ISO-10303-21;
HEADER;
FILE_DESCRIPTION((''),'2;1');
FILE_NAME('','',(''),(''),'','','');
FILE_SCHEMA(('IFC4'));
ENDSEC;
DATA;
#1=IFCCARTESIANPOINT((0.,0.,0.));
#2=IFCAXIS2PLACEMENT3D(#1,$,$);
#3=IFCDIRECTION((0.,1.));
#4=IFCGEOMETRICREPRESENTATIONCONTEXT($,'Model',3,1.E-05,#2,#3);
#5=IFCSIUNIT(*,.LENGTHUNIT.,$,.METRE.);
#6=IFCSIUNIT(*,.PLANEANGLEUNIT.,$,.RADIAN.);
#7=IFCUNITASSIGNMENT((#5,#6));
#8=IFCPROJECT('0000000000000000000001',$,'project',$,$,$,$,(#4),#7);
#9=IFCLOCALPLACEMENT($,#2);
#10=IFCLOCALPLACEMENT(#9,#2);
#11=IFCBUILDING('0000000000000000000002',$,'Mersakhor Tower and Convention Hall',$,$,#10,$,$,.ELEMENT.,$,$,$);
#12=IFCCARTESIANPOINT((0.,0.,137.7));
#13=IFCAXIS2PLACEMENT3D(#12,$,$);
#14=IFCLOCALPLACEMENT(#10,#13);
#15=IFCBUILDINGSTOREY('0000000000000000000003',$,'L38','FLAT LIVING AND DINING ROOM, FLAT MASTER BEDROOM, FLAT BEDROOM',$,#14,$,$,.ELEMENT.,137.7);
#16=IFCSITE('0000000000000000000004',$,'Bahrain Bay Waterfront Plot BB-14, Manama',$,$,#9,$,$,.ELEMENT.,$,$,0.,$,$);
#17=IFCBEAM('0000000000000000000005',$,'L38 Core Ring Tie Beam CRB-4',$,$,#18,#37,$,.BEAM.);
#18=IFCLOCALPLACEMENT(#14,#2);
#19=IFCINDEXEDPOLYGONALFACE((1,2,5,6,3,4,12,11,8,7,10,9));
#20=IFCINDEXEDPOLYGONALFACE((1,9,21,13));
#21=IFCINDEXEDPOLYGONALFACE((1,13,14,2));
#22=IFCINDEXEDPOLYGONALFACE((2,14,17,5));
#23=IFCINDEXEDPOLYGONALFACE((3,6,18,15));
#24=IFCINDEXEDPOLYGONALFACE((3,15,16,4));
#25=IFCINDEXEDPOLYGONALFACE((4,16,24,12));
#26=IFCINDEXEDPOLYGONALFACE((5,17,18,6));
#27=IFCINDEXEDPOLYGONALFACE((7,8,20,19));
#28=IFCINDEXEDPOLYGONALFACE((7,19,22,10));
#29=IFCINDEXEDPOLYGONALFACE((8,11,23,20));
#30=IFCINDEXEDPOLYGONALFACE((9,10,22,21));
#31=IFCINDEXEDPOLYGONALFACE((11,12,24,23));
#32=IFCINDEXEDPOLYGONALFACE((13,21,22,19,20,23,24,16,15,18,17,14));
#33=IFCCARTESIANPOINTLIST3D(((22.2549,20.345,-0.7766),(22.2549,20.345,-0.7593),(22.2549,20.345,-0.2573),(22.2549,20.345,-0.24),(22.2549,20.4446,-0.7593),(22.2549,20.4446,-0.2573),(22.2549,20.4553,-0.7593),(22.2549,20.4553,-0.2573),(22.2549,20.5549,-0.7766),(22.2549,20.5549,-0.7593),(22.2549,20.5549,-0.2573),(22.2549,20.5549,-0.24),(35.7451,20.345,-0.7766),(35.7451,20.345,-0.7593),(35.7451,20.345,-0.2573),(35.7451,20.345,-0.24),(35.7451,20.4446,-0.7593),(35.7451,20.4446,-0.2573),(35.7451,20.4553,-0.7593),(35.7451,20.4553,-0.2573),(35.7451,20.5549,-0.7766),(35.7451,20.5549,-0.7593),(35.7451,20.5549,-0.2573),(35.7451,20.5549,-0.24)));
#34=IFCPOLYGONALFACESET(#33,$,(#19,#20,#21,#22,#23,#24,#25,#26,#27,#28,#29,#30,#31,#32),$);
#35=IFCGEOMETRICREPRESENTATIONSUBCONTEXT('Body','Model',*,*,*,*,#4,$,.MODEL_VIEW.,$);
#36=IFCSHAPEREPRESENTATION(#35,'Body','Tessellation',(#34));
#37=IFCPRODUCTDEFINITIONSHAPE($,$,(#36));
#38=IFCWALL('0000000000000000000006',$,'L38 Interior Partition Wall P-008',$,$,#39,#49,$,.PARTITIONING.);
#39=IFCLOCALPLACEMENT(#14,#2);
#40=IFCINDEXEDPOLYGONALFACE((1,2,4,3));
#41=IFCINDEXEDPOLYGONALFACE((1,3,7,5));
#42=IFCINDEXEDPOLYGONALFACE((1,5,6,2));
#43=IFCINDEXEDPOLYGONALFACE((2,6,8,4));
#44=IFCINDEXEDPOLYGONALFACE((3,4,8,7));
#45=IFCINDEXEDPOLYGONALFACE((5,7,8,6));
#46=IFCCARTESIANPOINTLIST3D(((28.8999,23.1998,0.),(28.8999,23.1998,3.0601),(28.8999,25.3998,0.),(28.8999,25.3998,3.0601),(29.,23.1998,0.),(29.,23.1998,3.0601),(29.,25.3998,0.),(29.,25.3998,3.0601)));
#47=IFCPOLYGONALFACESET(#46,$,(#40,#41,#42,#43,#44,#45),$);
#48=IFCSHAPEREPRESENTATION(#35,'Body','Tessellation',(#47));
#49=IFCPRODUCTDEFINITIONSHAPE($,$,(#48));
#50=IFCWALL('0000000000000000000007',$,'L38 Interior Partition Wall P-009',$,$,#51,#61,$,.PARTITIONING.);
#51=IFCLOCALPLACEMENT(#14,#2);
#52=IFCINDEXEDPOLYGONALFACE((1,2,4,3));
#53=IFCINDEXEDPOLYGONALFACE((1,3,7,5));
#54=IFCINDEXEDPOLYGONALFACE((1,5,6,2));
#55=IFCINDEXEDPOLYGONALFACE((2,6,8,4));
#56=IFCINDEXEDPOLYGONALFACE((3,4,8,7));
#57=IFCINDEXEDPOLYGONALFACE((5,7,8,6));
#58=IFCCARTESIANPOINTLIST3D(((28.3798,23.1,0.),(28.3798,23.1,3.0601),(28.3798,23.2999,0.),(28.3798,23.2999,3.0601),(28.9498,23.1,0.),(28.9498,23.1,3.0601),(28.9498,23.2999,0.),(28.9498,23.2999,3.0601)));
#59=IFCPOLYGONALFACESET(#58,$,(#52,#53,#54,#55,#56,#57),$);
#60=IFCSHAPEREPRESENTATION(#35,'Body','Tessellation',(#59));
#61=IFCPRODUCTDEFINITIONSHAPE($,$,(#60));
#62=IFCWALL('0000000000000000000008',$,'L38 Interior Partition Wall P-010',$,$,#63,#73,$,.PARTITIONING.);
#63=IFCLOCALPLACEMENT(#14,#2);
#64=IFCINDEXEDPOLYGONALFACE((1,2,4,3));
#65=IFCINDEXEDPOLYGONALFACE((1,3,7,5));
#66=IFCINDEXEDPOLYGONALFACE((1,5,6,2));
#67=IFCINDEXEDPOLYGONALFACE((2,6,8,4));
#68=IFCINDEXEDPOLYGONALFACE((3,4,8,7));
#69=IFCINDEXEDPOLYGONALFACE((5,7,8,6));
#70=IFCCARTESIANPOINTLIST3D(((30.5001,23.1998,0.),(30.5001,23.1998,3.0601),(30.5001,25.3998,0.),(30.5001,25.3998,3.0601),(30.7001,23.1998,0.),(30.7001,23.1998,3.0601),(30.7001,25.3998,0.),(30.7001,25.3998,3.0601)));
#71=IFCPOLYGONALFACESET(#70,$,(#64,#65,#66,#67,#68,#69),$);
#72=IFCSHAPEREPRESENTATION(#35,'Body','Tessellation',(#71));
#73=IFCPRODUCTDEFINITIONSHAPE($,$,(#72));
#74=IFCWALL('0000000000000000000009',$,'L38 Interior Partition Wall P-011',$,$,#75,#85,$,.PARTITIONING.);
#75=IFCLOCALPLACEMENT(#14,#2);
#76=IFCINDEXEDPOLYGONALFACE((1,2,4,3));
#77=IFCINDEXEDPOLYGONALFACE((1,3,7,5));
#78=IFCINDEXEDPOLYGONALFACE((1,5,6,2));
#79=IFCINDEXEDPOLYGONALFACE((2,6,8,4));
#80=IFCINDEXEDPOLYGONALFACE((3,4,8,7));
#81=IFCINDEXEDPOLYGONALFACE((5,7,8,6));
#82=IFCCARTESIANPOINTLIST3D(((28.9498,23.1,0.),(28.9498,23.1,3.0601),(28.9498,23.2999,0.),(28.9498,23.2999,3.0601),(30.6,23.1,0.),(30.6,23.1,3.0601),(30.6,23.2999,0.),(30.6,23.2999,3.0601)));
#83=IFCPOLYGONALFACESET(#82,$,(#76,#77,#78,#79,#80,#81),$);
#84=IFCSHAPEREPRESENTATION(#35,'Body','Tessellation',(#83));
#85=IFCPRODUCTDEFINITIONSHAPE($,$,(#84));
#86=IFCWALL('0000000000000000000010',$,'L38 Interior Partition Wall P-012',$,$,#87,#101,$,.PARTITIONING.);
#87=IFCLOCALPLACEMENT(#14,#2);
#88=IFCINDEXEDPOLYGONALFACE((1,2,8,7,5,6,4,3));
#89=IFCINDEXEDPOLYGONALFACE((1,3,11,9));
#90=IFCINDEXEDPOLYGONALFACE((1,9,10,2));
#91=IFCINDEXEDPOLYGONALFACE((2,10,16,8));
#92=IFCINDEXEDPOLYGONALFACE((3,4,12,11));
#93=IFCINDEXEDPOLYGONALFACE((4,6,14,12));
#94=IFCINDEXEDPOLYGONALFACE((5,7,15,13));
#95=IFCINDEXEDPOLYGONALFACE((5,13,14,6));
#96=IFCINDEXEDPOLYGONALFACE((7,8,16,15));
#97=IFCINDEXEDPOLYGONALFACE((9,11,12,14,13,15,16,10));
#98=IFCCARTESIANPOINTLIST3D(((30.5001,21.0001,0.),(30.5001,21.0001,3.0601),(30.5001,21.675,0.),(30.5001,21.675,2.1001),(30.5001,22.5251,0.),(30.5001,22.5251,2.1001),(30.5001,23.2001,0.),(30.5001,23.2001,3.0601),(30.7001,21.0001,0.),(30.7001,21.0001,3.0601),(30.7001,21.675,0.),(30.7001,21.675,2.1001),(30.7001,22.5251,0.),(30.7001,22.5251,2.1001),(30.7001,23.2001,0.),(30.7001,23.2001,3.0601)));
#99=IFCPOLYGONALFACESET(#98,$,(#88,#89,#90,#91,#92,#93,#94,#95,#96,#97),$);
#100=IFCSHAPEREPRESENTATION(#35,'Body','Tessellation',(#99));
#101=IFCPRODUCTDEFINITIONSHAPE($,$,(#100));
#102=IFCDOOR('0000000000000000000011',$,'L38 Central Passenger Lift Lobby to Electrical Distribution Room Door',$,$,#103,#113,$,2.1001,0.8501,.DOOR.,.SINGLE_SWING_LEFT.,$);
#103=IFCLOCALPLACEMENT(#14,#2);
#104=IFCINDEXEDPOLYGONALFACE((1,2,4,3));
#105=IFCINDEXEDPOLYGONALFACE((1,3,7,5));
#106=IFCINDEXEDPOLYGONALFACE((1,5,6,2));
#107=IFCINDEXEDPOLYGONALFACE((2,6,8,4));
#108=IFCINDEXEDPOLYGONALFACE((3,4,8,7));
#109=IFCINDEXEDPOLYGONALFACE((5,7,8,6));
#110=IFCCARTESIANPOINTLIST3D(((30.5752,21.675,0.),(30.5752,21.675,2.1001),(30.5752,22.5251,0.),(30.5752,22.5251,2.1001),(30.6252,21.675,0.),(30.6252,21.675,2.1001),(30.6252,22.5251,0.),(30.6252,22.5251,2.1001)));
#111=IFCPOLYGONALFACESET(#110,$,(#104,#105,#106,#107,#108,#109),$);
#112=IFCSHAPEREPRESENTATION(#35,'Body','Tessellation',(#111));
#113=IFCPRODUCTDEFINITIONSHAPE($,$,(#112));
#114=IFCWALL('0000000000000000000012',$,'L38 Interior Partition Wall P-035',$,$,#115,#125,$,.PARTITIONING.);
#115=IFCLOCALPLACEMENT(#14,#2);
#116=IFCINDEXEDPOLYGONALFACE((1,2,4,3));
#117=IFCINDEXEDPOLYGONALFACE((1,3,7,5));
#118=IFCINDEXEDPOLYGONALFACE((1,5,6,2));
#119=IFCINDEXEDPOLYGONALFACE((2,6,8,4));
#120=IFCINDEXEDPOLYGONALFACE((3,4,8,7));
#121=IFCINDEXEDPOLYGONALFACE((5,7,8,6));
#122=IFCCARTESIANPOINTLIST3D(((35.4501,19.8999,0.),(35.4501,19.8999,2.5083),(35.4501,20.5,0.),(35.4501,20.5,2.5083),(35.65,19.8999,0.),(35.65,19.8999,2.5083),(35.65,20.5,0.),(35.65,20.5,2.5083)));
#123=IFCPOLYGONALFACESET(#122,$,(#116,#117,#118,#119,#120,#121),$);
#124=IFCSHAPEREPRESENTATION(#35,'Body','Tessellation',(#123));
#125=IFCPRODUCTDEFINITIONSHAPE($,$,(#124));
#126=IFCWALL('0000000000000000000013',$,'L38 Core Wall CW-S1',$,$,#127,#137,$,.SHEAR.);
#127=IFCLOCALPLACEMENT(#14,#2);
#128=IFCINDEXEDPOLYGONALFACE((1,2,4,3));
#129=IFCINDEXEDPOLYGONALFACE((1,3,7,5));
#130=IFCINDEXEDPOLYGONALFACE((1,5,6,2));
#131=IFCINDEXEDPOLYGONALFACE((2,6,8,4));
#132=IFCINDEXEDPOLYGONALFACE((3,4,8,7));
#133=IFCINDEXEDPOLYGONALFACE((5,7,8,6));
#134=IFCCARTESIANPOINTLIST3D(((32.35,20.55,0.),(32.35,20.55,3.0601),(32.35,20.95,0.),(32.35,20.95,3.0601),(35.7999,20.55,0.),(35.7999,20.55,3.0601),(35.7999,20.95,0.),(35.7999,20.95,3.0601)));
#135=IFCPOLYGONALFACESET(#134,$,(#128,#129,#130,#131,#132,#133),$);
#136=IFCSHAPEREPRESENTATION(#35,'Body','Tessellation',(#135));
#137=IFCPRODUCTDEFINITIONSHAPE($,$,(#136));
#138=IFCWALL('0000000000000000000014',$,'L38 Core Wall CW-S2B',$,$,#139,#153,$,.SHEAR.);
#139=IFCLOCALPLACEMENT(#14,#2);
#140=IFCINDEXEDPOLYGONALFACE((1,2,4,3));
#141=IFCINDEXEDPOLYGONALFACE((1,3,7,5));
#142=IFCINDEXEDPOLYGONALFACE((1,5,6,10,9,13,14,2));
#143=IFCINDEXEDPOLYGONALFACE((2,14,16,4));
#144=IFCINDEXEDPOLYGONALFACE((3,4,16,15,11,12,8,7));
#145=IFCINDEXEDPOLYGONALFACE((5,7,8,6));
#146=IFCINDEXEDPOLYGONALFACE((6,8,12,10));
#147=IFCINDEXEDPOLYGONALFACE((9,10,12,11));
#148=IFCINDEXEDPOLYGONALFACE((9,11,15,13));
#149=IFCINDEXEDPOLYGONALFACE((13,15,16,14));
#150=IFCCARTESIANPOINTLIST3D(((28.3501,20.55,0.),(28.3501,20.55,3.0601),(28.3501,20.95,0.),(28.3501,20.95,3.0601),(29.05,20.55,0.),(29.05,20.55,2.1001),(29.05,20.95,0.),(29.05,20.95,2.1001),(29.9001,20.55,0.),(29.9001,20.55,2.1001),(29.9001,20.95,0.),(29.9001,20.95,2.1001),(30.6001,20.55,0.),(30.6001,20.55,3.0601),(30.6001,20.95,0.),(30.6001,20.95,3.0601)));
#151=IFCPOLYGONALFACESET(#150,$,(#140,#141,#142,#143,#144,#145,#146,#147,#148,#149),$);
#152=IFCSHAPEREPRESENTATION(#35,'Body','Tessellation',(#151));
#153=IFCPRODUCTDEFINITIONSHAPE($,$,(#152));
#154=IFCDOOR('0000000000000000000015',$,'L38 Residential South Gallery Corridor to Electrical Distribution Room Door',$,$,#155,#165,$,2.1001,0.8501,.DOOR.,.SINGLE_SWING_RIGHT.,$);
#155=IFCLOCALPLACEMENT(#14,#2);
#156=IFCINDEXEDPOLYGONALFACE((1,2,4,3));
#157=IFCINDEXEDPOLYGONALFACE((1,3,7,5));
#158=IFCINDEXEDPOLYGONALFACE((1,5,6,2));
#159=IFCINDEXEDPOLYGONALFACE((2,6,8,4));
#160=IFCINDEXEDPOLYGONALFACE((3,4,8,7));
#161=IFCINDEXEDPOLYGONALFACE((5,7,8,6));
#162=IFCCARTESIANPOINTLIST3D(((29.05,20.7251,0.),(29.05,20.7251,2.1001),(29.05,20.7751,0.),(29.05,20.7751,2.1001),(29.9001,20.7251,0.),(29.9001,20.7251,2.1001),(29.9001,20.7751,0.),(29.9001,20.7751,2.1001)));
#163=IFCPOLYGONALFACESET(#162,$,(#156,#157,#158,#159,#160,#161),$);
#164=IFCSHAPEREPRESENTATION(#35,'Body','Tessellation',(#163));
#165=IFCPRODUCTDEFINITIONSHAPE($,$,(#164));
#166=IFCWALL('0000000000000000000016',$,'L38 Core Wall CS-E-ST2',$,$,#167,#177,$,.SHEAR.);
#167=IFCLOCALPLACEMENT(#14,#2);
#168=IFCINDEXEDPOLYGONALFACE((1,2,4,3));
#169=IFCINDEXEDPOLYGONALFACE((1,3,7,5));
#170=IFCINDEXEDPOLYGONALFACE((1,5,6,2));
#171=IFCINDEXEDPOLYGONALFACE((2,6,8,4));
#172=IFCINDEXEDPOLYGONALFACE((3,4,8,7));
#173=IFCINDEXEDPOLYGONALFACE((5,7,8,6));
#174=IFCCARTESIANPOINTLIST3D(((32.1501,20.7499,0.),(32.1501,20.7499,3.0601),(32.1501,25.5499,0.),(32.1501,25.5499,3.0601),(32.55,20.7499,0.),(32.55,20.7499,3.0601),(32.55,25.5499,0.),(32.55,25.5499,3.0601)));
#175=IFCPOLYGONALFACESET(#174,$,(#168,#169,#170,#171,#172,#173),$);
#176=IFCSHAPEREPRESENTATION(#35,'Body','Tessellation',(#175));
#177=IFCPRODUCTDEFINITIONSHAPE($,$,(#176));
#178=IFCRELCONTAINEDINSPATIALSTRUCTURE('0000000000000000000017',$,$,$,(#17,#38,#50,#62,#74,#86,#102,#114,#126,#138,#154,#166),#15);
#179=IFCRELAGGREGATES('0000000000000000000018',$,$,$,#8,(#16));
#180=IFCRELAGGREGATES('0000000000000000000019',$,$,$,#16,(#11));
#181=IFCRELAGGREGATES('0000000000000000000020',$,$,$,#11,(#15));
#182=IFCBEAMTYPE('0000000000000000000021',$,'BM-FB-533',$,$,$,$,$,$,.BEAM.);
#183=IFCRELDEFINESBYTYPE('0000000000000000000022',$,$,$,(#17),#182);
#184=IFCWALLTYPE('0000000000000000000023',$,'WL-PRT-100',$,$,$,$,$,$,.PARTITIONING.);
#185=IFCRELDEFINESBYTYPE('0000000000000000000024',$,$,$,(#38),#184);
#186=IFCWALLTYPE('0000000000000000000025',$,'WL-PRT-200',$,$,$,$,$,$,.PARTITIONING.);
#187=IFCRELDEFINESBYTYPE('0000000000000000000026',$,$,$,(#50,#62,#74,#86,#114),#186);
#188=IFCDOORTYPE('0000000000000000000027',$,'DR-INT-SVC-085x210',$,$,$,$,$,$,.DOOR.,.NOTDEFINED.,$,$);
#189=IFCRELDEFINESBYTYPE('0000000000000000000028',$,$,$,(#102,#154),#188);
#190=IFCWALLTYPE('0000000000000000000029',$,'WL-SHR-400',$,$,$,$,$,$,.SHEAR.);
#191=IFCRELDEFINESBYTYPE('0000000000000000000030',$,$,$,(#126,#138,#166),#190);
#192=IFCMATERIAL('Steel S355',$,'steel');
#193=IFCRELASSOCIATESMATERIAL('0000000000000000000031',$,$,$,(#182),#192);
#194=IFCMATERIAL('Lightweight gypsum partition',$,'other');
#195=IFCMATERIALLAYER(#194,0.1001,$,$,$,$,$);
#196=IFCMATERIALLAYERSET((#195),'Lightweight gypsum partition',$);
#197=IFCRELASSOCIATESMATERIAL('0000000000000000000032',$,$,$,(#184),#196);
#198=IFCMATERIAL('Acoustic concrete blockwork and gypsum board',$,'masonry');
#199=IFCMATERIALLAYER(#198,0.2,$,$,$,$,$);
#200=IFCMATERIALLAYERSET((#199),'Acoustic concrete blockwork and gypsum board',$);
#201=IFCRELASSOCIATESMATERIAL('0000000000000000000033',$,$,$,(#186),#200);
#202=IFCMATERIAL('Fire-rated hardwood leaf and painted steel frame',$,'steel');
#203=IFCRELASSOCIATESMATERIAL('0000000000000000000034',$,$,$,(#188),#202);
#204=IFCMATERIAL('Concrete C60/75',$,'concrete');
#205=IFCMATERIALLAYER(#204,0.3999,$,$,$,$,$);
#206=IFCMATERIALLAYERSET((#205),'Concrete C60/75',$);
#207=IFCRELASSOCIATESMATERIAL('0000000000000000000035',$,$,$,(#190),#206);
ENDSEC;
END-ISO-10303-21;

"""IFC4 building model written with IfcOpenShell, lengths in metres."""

from ifc_helpers import new_model, si_unit, direction, frame, frame_2d, origin, origin_2d, place, context, subcontext, project, spatial, rectangle, i_section, extrude, material, layer, layer_set, material_profile, profile_set, type_object, element, fill, save


model = new_model("IFC4")

# Units and contexts
model_context = context("Model", 3, precision=1e-05, world=origin(), true_north=direction((0.0, 1.0)))
body_context = subcontext(model_context, "Body", "Model", "MODEL_VIEW")
ifc_project = project(units=[si_unit("LENGTHUNIT", "METRE"), si_unit("PLANEANGLEUNIT", "RADIAN")], contexts=[model_context])

# Site, building, storey
site_placement = place(None, origin())
site = spatial("IfcSite", under=ifc_project, at=site_placement, Name="Bahrain Bay Waterfront Plot BB-14, Manama", CompositionType="ELEMENT", RefElevation=0.0)
building_placement = place(site_placement, origin())
building = spatial("IfcBuilding", under=site, at=building_placement, Name="Mersakhor Tower and Convention Hall", CompositionType="ELEMENT")
storey_placement = place(building_placement, frame((0.0, 0.0, 137.7)))
storey = spatial("IfcBuildingStorey", under=building, at=storey_placement, Name="L38", Description="FLAT LIVING AND DINING ROOM, FLAT MASTER BEDROOM, FLAT BEDROOM", CompositionType="ELEMENT", Elevation=137.7)

# Beam
ifc_material_1 = material(Name="Steel S355", Category="steel")
ifc_material_profile = material_profile(ifc_material_1, i_section(OverallWidth=0.21, OverallDepth=0.5366, WebThickness=0.0107, FlangeThickness=0.0173, at=origin_2d()), Name="UB 533x210x101")
ifc_profile_set = profile_set([ifc_material_profile], Name="Steel S355")
beam_type = type_object("IfcBeamType", Name="BM-FB-533", PredefinedType="BEAM", material=ifc_profile_set)
beam_placement = place(storey_placement, frame((35.7451, 20.45, -0.5083), z_axis=(-1.0, 0.0, 0.0), x_axis=(0.0, -1.0, 0.0)))
element("IfcBeam", 1, at=beam_placement, inside=storey, type_object=beam_type, Name="L38 Core Ring Tie Beam CRB-4", PredefinedType="BEAM", context=body_context, shape_type="SweptSolid", body=[
    extrude(i_section(OverallWidth=0.21, OverallDepth=0.5366, WebThickness=0.0107, FlangeThickness=0.0173, at=origin_2d()), origin(), (0.0, 0.0, 1.0), 13.4902),
])

# Walls
ifc_material_2 = material(Name="Lightweight gypsum partition", Category="other")
ifc_layer_1 = layer(ifc_material_2, 0.1001)
ifc_layer_set_1 = layer_set([ifc_layer_1], Name="Lightweight gypsum partition")
wall_type_1 = type_object("IfcWallType", Name="WL-PRT-100", PredefinedType="PARTITIONING", material=ifc_layer_set_1)
wall_1_placement = place(storey_placement, frame((28.95, 25.3999, 0.0), z_axis=(0.0, 0.0, 1.0), x_axis=(0.0, -1.0, 0.0)))
element("IfcWall", 2, at=wall_1_placement, inside=storey, type_object=wall_type_1, Name="L38 Interior Partition Wall P-008", PredefinedType="PARTITIONING", context=body_context, shape_type="SweptSolid", body=[
    extrude(rectangle(XDim=2.2, YDim=0.1001, at=frame_2d((1.1001, 0.0))), origin(), (0.0, 0.0, 1.0), 3.0601),
])
ifc_material_3 = material(Name="Acoustic concrete blockwork and gypsum board", Category="masonry")
ifc_layer_2 = layer(ifc_material_3, 0.2)
ifc_layer_set_2 = layer_set([ifc_layer_2], Name="Acoustic concrete blockwork and gypsum board")
wall_type_2 = type_object("IfcWallType", Name="WL-PRT-200", PredefinedType="PARTITIONING", material=ifc_layer_set_2)
wall_2_placement = place(storey_placement, frame((28.95, 23.2, 0.0), z_axis=(0.0, 0.0, 1.0), x_axis=(-1.0, 0.0, 0.0)))
element("IfcWall", 3, at=wall_2_placement, inside=storey, type_object=wall_type_2, Name="L38 Interior Partition Wall P-009", PredefinedType="PARTITIONING", context=body_context, shape_type="SweptSolid", body=[
    extrude(rectangle(XDim=0.5701, YDim=0.2, at=frame_2d((0.2852, 0.0))), origin(), (0.0, 0.0, 1.0), 3.0601),
])
wall_3_placement = place(storey_placement, frame((30.6001, 25.3999, 0.0), z_axis=(0.0, 0.0, 1.0), x_axis=(0.0, -1.0, 0.0)))
element("IfcWall", 4, at=wall_3_placement, inside=storey, type_object=wall_type_2, Name="L38 Interior Partition Wall P-010", PredefinedType="PARTITIONING", context=body_context, shape_type="SweptSolid", body=[
    extrude(rectangle(XDim=2.2, YDim=0.2, at=frame_2d((1.1001, 0.0))), origin(), (0.0, 0.0, 1.0), 3.0601),
])
wall_4_placement = place(storey_placement, frame((30.6001, 23.2, 0.0), z_axis=(0.0, 0.0, 1.0), x_axis=(-1.0, 0.0, 0.0)))
element("IfcWall", 5, at=wall_4_placement, inside=storey, type_object=wall_type_2, Name="L38 Interior Partition Wall P-011", PredefinedType="PARTITIONING", context=body_context, shape_type="SweptSolid", body=[
    extrude(rectangle(XDim=1.6501, YDim=0.2, at=frame_2d((0.8252, 0.0))), origin(), (0.0, 0.0, 1.0), 3.0601),
])

# Wall, opening, door
wall_5_placement = place(storey_placement, frame((30.6001, 21.0, 0.0), z_axis=(0.0, 0.0, 1.0), x_axis=(0.0, 1.0, 0.0)))
wall_5 = element("IfcWall", 6, at=wall_5_placement, inside=storey, type_object=wall_type_2, Name="L38 Interior Partition Wall P-012", PredefinedType="PARTITIONING", context=body_context, shape_type="SweptSolid", body=[
    extrude(rectangle(XDim=2.2, YDim=0.2, at=frame_2d((1.1001, 0.0))), origin(), (0.0, 0.0, 1.0), 3.0601),
])
opening_1_placement = place(wall_5_placement, frame((0.675, 0.0, 0.0)))
opening_1 = element("IfcOpeningElement", 7, at=opening_1_placement, cuts=wall_5, PredefinedType="OPENING", context=body_context, shape_type="SweptSolid", body=[
    extrude(rectangle(XDim=0.8501, YDim=2.1001, at=frame_2d((0.425, 1.05))), frame((0.0, 0.1099, 0.0), z_axis=(0.0, -1.0, 0.0), x_axis=(1.0, 0.0, 0.0)), (0.0, 0.0, 1.0), 0.22),
])
ifc_material_4 = material(Name="Fire-rated hardwood leaf and painted steel frame", Category="steel")
door_type_1 = type_object("IfcDoorType", Name="DR-INT-SVC-085x210", OperationType="NOTDEFINED", PredefinedType="DOOR", material=ifc_material_4)
door_1_placement = place(opening_1_placement, origin())
door_1 = element("IfcDoor", 8, at=door_1_placement, inside=storey, type_object=door_type_1, Name="L38 Central Passenger Lift Lobby to Electrical Distribution Room Door", OperationType="SINGLE_SWING_LEFT", OverallHeight=2.1001, OverallWidth=0.8501, PredefinedType="DOOR", context=body_context, shape_type="SweptSolid", body=[
    extrude(rectangle(XDim=0.8501, YDim=2.1001, at=frame_2d((0.425, 1.05))), frame((0.0, 0.0249, 0.0), z_axis=(0.0, -1.0, 0.0), x_axis=(1.0, 0.0, 0.0)), (0.0, 0.0, 1.0), 0.05),
])
fill(opening_1, door_1)

# Walls
wall_6_placement = place(storey_placement, frame((35.55, 20.5, 0.0), z_axis=(0.0, 0.0, 1.0), x_axis=(0.0, -1.0, 0.0)))
element("IfcWall", 9, at=wall_6_placement, inside=storey, type_object=wall_type_2, Name="L38 Interior Partition Wall P-035", PredefinedType="PARTITIONING", context=body_context, shape_type="SweptSolid", body=[
    extrude(rectangle(XDim=0.6001, YDim=0.2, at=frame_2d((0.3, 0.0))), origin(), (0.0, 0.0, 1.0), 2.5083),
])
ifc_material_5 = material(Name="Concrete C60/75", Category="concrete")
ifc_layer_3 = layer(ifc_material_5, 0.3999)
ifc_layer_set_3 = layer_set([ifc_layer_3], Name="Concrete C60/75")
wall_type_3 = type_object("IfcWallType", Name="WL-SHR-400", PredefinedType="SHEAR", material=ifc_layer_set_3)
wall_7_placement = place(storey_placement, frame((35.8, 20.75, 0.0), z_axis=(0.0, 0.0, 1.0), x_axis=(-1.0, 0.0, 0.0)))
element("IfcWall", 10, at=wall_7_placement, inside=storey, type_object=wall_type_3, Name="L38 Core Wall CW-S1", PredefinedType="SHEAR", context=body_context, shape_type="SweptSolid", body=[
    extrude(rectangle(XDim=3.45, YDim=0.3999, at=frame_2d((1.7251, 0.0))), origin(), (0.0, 0.0, 1.0), 3.0601),
])

# Wall, opening, door
wall_8_placement = place(storey_placement, frame((30.6001, 20.75, 0.0), z_axis=(0.0, 0.0, 1.0), x_axis=(-1.0, 0.0, 0.0)))
wall_8 = element("IfcWall", 11, at=wall_8_placement, inside=storey, type_object=wall_type_3, Name="L38 Core Wall CW-S2B", PredefinedType="SHEAR", context=body_context, shape_type="SweptSolid", body=[
    extrude(rectangle(XDim=2.25, YDim=0.3999, at=frame_2d((1.125, 0.0))), origin(), (0.0, 0.0, 1.0), 3.0601),
])
opening_2_placement = place(wall_8_placement, frame((0.7, 0.0, 0.0)))
opening_2 = element("IfcOpeningElement", 12, at=opening_2_placement, cuts=wall_8, PredefinedType="OPENING", context=body_context, shape_type="SweptSolid", body=[
    extrude(rectangle(XDim=0.8501, YDim=2.1001, at=frame_2d((0.425, 1.05))), frame((0.0, 0.21, 0.0), z_axis=(0.0, -1.0, 0.0), x_axis=(1.0, 0.0, 0.0)), (0.0, 0.0, 1.0), 0.4199),
])
door_2_placement = place(opening_2_placement, origin())
door_2 = element("IfcDoor", 13, at=door_2_placement, inside=storey, type_object=door_type_1, Name="L38 Residential South Gallery Corridor to Electrical Distribution Room Door", OperationType="SINGLE_SWING_RIGHT", OverallHeight=2.1001, OverallWidth=0.8501, PredefinedType="DOOR", context=body_context, shape_type="SweptSolid", body=[
    extrude(rectangle(XDim=0.8501, YDim=2.1001, at=frame_2d((0.425, 1.05))), frame((0.0, 0.0249, 0.0), z_axis=(0.0, -1.0, 0.0), x_axis=(1.0, 0.0, 0.0)), (0.0, 0.0, 1.0), 0.05),
])
fill(opening_2, door_2)

# Wall
wall_9_placement = place(storey_placement, frame((32.3501, 20.75, 0.0), z_axis=(0.0, 0.0, 1.0), x_axis=(0.0, 1.0, 0.0)))
element("IfcWall", 14, at=wall_9_placement, inside=storey, type_object=wall_type_3, Name="L38 Core Wall CS-E-ST2", PredefinedType="SHEAR", context=body_context, shape_type="SweptSolid", body=[
    extrude(rectangle(XDim=4.8, YDim=0.3999, at=frame_2d((2.3999, 0.0))), origin(), (0.0, 0.0, 1.0), 3.0601),
])

save(model, "model.ifc")
